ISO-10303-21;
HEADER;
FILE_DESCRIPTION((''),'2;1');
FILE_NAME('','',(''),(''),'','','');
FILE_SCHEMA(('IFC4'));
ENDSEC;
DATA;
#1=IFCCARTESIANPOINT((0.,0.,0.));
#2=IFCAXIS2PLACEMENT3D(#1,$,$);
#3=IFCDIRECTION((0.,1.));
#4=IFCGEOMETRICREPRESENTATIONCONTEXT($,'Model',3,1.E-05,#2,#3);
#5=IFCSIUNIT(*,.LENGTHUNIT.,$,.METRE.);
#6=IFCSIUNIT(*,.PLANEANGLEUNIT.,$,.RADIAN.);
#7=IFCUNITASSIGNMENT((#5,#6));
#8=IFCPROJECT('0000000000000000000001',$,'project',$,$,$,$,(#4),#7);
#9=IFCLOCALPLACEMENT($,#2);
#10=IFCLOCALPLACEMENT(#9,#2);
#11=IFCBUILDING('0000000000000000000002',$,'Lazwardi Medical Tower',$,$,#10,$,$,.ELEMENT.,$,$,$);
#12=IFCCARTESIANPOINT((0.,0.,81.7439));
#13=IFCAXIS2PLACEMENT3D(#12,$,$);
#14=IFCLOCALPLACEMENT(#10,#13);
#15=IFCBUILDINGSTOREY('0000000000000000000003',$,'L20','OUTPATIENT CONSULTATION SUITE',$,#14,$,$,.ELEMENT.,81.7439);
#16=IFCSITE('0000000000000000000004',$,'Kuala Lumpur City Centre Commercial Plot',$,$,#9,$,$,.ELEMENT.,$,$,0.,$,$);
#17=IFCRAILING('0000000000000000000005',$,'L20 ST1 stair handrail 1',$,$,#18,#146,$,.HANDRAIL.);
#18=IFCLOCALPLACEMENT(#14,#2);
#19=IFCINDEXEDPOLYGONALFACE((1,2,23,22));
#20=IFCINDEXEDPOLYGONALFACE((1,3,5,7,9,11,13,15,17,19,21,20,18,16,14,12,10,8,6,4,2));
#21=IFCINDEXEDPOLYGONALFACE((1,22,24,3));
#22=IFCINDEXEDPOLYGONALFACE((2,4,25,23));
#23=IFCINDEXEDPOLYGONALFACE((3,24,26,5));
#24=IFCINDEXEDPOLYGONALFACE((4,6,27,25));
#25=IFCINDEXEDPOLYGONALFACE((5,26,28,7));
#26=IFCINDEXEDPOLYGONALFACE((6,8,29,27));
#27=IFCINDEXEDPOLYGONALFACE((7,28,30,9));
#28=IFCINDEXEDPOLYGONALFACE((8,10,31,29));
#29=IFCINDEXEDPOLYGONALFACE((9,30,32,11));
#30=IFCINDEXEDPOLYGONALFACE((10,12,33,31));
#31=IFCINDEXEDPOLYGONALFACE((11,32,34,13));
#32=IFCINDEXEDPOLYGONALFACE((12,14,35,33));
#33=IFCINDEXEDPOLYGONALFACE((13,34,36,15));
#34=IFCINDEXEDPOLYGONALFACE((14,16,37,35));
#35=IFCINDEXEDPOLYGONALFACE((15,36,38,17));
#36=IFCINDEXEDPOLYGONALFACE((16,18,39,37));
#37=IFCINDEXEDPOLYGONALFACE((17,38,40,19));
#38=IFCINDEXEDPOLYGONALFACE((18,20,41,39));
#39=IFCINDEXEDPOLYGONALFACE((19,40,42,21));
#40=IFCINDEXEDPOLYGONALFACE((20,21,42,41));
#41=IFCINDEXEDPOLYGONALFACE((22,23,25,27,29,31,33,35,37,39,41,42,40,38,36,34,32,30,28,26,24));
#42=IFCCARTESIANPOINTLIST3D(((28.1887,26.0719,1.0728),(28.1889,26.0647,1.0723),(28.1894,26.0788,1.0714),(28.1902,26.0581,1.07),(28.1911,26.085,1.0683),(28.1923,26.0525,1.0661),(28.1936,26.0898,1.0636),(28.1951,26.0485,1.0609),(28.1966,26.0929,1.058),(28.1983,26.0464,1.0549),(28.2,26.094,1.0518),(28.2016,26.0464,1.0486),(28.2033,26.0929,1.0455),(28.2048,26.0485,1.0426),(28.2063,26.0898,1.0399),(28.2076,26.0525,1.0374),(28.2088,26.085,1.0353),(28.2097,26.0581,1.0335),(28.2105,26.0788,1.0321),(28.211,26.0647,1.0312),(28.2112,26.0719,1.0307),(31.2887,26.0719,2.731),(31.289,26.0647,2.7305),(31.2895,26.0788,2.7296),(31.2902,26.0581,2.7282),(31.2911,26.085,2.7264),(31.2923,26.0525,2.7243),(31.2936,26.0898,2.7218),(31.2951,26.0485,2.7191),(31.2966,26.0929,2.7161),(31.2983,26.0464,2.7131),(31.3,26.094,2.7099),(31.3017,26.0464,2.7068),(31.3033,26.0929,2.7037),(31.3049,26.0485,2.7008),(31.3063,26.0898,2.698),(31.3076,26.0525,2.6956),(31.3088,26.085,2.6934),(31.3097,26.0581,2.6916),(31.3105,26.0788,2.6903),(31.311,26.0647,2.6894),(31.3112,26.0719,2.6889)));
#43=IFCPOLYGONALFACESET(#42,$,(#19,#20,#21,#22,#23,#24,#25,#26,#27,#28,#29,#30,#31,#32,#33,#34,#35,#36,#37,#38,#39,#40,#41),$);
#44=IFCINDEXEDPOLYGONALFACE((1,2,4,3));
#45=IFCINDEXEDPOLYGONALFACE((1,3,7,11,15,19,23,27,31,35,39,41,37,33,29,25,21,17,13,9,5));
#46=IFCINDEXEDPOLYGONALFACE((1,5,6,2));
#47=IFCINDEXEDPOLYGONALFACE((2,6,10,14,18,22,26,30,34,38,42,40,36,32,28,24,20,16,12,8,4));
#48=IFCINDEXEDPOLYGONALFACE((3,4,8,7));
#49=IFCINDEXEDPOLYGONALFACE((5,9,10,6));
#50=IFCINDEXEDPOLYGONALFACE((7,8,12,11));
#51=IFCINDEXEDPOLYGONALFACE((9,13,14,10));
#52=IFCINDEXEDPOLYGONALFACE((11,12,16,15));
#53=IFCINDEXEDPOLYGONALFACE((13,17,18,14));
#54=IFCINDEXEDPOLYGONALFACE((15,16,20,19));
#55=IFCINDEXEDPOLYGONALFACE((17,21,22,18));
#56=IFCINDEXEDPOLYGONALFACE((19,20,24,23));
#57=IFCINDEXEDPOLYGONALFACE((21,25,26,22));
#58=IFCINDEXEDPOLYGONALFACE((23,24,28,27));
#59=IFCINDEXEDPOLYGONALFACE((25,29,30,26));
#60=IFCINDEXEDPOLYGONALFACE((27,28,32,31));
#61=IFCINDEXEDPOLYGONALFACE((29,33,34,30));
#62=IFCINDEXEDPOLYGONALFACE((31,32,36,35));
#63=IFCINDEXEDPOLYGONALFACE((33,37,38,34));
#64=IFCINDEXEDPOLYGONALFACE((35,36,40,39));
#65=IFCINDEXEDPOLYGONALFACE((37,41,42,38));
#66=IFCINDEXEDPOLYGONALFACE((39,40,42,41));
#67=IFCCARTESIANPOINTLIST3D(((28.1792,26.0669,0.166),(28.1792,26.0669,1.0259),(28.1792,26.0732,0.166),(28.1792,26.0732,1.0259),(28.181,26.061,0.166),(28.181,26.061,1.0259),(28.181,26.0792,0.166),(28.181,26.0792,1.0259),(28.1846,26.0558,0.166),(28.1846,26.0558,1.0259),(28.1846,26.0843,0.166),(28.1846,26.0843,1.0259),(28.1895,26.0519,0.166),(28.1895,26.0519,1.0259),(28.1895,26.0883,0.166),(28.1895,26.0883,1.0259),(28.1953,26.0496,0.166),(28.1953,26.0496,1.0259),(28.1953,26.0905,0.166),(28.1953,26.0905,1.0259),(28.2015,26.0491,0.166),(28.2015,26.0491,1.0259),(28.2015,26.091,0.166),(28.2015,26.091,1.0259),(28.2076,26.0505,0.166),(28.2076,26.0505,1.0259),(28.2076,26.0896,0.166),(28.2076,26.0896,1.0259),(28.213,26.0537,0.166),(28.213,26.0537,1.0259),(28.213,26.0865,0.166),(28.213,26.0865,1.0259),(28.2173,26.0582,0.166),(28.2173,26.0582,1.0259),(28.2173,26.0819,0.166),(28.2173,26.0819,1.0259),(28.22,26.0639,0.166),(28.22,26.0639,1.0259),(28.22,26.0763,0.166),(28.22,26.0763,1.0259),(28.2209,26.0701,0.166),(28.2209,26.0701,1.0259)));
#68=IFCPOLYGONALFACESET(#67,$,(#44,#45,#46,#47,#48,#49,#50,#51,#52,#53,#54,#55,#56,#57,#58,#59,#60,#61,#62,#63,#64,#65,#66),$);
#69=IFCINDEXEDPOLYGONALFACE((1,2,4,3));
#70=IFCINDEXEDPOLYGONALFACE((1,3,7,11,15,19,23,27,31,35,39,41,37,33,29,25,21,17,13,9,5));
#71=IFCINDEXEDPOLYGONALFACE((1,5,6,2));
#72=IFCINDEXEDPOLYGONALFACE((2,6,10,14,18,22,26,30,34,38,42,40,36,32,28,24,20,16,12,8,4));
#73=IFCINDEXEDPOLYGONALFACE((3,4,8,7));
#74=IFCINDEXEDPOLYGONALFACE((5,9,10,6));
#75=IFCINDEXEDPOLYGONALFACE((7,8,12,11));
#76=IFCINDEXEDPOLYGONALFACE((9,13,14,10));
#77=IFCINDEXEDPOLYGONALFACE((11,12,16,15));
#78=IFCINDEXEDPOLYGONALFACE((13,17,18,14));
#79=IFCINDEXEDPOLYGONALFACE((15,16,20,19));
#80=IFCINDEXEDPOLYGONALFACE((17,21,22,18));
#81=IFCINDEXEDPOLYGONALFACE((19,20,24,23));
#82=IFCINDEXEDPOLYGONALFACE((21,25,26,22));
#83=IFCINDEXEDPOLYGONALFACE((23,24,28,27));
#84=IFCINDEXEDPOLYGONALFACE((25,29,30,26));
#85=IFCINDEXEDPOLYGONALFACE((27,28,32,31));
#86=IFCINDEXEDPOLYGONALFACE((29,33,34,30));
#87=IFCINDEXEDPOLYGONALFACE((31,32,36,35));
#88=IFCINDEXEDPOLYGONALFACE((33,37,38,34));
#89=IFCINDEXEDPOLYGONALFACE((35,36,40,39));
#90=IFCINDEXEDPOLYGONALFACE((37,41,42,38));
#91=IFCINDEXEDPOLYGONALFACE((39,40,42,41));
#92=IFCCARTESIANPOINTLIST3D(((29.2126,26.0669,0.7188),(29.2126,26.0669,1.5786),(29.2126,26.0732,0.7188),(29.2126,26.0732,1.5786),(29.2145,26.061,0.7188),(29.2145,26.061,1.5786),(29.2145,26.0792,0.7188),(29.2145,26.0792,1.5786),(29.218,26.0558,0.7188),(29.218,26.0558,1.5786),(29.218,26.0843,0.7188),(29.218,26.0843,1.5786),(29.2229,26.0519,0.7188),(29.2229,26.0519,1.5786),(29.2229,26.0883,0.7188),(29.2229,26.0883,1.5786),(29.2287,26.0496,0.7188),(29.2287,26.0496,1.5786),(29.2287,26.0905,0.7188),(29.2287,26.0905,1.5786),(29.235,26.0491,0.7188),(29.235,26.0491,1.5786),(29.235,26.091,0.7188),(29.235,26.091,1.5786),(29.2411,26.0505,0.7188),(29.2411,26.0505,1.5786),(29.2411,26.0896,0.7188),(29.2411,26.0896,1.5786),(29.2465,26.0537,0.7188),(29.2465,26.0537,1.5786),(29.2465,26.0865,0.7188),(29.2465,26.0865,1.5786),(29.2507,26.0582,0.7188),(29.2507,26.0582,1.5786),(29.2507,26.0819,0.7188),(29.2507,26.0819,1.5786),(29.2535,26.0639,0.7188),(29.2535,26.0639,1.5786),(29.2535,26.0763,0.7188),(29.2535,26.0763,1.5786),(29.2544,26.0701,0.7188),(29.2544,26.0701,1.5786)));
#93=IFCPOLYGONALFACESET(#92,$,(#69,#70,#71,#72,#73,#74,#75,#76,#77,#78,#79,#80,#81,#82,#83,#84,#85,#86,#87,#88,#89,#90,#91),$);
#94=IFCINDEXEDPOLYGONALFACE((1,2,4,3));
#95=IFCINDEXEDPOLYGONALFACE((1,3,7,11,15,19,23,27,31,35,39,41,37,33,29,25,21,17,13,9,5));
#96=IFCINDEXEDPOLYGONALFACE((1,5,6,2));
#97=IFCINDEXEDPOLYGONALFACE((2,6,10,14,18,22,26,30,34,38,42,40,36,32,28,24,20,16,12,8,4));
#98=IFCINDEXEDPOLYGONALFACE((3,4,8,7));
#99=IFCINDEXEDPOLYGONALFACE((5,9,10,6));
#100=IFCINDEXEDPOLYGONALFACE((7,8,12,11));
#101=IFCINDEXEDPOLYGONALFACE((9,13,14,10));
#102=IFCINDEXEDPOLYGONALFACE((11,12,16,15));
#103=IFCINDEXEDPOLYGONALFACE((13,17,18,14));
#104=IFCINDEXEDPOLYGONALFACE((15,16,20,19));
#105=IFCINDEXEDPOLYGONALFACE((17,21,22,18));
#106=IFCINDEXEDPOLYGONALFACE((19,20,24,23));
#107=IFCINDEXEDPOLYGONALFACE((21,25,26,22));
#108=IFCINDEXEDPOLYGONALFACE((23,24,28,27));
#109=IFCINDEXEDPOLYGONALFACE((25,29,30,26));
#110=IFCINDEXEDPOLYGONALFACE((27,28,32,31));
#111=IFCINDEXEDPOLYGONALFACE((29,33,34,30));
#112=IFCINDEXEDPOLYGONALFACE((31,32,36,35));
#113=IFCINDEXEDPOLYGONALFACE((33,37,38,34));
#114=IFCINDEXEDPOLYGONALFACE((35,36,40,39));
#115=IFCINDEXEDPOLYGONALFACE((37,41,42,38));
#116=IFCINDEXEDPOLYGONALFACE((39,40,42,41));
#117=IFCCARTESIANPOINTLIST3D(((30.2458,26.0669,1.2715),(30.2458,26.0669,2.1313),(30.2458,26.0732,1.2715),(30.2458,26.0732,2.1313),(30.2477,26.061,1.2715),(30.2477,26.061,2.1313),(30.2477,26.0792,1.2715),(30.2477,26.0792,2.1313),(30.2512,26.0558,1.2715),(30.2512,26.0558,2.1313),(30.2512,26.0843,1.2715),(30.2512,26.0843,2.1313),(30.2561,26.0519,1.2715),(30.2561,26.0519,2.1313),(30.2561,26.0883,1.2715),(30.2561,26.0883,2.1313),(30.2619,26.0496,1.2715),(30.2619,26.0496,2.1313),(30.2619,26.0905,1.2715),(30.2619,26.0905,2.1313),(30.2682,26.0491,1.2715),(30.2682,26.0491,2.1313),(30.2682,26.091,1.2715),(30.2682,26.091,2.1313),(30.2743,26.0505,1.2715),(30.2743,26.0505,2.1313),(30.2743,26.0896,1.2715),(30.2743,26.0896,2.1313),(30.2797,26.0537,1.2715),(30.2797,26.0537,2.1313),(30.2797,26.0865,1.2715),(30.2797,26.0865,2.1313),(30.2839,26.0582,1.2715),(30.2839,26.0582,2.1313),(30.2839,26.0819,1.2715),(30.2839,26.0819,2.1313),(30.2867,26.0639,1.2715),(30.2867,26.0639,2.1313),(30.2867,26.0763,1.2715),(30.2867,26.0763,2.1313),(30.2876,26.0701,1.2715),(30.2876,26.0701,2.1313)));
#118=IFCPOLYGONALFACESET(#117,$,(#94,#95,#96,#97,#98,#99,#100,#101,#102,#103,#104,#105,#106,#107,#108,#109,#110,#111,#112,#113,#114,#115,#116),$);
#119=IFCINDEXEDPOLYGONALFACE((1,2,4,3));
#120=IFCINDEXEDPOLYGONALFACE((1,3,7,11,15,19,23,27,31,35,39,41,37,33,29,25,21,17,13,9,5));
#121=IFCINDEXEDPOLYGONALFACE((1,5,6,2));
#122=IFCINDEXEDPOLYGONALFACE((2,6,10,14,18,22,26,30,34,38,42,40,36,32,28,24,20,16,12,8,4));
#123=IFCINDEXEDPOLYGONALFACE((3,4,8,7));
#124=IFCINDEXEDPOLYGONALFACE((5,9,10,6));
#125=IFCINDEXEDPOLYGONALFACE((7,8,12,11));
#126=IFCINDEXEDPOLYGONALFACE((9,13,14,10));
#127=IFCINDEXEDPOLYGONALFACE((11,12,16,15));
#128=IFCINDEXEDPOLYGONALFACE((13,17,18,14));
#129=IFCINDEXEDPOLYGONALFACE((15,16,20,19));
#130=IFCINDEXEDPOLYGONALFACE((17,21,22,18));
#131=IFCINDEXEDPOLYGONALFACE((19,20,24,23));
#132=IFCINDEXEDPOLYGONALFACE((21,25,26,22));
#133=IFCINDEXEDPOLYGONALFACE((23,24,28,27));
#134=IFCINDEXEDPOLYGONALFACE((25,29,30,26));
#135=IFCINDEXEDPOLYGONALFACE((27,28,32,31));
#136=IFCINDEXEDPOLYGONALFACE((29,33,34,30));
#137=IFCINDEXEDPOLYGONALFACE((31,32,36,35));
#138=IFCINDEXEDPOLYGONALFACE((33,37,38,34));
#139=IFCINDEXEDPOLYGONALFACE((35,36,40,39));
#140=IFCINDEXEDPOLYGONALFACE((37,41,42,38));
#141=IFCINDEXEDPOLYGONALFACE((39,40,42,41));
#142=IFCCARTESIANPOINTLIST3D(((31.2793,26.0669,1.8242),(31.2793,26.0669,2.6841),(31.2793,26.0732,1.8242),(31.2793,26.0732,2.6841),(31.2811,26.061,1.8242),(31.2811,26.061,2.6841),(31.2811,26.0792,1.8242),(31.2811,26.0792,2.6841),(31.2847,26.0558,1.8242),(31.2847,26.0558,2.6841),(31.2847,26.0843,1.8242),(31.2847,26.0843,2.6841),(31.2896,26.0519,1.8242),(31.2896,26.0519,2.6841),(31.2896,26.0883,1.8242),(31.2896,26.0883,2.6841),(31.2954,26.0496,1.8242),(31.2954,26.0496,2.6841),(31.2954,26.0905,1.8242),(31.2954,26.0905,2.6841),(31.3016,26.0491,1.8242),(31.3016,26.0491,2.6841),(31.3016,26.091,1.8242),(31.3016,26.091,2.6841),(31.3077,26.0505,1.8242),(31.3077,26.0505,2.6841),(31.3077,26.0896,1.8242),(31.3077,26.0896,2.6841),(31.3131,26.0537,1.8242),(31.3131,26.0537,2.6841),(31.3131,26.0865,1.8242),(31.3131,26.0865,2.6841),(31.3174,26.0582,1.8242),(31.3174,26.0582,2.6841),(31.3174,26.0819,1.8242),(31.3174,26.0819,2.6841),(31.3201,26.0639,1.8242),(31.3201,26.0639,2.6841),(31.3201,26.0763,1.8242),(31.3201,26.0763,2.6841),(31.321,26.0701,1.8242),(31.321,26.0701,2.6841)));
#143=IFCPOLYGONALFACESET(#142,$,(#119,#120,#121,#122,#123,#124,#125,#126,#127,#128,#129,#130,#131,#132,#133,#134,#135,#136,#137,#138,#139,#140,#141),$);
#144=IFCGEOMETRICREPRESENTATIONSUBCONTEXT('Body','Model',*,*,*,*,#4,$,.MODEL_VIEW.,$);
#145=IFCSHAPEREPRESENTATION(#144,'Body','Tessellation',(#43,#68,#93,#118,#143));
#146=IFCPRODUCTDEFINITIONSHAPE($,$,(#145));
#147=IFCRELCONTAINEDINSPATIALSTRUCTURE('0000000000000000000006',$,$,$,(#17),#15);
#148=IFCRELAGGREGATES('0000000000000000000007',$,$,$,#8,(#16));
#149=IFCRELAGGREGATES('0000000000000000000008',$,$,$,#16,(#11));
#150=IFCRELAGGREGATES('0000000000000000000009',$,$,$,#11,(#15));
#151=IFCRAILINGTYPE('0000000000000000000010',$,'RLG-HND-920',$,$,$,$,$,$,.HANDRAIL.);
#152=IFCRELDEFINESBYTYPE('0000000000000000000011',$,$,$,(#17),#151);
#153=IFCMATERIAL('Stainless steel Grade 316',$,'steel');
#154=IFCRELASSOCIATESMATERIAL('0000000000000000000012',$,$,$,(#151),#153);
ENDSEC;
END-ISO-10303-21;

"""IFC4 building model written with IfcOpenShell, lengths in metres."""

from ifc_helpers import new_model, si_unit, direction, frame, origin, origin_2d, place, context, subcontext, project, spatial, circle, extrude, material, type_object, element, save


model = new_model("IFC4")

# Units and contexts
model_context = context("Model", 3, precision=1e-05, world=origin(), true_north=direction((0.0, 1.0)))
body_context = subcontext(model_context, "Body", "Model", "MODEL_VIEW")
ifc_project = project(units=[si_unit("LENGTHUNIT", "METRE"), si_unit("PLANEANGLEUNIT", "RADIAN")], contexts=[model_context])

# Site, building, storey
site_placement = place(None, origin())
site = spatial("IfcSite", under=ifc_project, at=site_placement, Name="Kuala Lumpur City Centre Commercial Plot", CompositionType="ELEMENT", RefElevation=0.0)
building_placement = place(site_placement, origin())
building = spatial("IfcBuilding", under=site, at=building_placement, Name="Lazwardi Medical Tower", CompositionType="ELEMENT")
storey_placement = place(building_placement, frame((0.0, 0.0, 81.7439)))
storey = spatial("IfcBuildingStorey", under=building, at=storey_placement, Name="L20", Description="OUTPATIENT CONSULTATION SUITE", CompositionType="ELEMENT", Elevation=81.7439)

# Railing
ifc_material_1 = material(Name="Stainless steel Grade 316", Category="steel")
railing_type_1 = type_object("IfcRailingType", Name="RLG-HND-920", PredefinedType="HANDRAIL", material=ifc_material_1)
railing_1_placement = place(storey_placement, frame((28.2, 26.0701, 0.166)))
element("IfcRailing", 1, at=railing_1_placement, inside=storey, type_object=railing_type_1, Name="L20 ST1 stair handrail 1", PredefinedType="HANDRAIL", context=body_context, shape_type="SweptSolid", body=[
    extrude(circle(Radius=0.0239, at=origin_2d()), frame((0.0, 0.0, 0.8857), z_axis=(0.881783, 0.0, 0.471655), x_axis=(0.0, 1.0, 0.0)), (0.0, 0.0, 1.0), 3.5156),
    extrude(circle(Radius=0.021, at=origin_2d()), origin(), (0.0, 0.0, 1.0), 0.8599),
    extrude(circle(Radius=0.021, at=origin_2d()), frame((1.0334, 0.0, 0.5527)), (0.0, 0.0, 1.0), 0.8599),
    extrude(circle(Radius=0.021, at=origin_2d()), frame((2.0667, 0.0, 1.1055)), (0.0, 0.0, 1.0), 0.8599),
    extrude(circle(Radius=0.021, at=origin_2d()), frame((3.1001, 0.0, 1.6582)), (0.0, 0.0, 1.0), 0.8599),
])

save(model, "model.ifc")
